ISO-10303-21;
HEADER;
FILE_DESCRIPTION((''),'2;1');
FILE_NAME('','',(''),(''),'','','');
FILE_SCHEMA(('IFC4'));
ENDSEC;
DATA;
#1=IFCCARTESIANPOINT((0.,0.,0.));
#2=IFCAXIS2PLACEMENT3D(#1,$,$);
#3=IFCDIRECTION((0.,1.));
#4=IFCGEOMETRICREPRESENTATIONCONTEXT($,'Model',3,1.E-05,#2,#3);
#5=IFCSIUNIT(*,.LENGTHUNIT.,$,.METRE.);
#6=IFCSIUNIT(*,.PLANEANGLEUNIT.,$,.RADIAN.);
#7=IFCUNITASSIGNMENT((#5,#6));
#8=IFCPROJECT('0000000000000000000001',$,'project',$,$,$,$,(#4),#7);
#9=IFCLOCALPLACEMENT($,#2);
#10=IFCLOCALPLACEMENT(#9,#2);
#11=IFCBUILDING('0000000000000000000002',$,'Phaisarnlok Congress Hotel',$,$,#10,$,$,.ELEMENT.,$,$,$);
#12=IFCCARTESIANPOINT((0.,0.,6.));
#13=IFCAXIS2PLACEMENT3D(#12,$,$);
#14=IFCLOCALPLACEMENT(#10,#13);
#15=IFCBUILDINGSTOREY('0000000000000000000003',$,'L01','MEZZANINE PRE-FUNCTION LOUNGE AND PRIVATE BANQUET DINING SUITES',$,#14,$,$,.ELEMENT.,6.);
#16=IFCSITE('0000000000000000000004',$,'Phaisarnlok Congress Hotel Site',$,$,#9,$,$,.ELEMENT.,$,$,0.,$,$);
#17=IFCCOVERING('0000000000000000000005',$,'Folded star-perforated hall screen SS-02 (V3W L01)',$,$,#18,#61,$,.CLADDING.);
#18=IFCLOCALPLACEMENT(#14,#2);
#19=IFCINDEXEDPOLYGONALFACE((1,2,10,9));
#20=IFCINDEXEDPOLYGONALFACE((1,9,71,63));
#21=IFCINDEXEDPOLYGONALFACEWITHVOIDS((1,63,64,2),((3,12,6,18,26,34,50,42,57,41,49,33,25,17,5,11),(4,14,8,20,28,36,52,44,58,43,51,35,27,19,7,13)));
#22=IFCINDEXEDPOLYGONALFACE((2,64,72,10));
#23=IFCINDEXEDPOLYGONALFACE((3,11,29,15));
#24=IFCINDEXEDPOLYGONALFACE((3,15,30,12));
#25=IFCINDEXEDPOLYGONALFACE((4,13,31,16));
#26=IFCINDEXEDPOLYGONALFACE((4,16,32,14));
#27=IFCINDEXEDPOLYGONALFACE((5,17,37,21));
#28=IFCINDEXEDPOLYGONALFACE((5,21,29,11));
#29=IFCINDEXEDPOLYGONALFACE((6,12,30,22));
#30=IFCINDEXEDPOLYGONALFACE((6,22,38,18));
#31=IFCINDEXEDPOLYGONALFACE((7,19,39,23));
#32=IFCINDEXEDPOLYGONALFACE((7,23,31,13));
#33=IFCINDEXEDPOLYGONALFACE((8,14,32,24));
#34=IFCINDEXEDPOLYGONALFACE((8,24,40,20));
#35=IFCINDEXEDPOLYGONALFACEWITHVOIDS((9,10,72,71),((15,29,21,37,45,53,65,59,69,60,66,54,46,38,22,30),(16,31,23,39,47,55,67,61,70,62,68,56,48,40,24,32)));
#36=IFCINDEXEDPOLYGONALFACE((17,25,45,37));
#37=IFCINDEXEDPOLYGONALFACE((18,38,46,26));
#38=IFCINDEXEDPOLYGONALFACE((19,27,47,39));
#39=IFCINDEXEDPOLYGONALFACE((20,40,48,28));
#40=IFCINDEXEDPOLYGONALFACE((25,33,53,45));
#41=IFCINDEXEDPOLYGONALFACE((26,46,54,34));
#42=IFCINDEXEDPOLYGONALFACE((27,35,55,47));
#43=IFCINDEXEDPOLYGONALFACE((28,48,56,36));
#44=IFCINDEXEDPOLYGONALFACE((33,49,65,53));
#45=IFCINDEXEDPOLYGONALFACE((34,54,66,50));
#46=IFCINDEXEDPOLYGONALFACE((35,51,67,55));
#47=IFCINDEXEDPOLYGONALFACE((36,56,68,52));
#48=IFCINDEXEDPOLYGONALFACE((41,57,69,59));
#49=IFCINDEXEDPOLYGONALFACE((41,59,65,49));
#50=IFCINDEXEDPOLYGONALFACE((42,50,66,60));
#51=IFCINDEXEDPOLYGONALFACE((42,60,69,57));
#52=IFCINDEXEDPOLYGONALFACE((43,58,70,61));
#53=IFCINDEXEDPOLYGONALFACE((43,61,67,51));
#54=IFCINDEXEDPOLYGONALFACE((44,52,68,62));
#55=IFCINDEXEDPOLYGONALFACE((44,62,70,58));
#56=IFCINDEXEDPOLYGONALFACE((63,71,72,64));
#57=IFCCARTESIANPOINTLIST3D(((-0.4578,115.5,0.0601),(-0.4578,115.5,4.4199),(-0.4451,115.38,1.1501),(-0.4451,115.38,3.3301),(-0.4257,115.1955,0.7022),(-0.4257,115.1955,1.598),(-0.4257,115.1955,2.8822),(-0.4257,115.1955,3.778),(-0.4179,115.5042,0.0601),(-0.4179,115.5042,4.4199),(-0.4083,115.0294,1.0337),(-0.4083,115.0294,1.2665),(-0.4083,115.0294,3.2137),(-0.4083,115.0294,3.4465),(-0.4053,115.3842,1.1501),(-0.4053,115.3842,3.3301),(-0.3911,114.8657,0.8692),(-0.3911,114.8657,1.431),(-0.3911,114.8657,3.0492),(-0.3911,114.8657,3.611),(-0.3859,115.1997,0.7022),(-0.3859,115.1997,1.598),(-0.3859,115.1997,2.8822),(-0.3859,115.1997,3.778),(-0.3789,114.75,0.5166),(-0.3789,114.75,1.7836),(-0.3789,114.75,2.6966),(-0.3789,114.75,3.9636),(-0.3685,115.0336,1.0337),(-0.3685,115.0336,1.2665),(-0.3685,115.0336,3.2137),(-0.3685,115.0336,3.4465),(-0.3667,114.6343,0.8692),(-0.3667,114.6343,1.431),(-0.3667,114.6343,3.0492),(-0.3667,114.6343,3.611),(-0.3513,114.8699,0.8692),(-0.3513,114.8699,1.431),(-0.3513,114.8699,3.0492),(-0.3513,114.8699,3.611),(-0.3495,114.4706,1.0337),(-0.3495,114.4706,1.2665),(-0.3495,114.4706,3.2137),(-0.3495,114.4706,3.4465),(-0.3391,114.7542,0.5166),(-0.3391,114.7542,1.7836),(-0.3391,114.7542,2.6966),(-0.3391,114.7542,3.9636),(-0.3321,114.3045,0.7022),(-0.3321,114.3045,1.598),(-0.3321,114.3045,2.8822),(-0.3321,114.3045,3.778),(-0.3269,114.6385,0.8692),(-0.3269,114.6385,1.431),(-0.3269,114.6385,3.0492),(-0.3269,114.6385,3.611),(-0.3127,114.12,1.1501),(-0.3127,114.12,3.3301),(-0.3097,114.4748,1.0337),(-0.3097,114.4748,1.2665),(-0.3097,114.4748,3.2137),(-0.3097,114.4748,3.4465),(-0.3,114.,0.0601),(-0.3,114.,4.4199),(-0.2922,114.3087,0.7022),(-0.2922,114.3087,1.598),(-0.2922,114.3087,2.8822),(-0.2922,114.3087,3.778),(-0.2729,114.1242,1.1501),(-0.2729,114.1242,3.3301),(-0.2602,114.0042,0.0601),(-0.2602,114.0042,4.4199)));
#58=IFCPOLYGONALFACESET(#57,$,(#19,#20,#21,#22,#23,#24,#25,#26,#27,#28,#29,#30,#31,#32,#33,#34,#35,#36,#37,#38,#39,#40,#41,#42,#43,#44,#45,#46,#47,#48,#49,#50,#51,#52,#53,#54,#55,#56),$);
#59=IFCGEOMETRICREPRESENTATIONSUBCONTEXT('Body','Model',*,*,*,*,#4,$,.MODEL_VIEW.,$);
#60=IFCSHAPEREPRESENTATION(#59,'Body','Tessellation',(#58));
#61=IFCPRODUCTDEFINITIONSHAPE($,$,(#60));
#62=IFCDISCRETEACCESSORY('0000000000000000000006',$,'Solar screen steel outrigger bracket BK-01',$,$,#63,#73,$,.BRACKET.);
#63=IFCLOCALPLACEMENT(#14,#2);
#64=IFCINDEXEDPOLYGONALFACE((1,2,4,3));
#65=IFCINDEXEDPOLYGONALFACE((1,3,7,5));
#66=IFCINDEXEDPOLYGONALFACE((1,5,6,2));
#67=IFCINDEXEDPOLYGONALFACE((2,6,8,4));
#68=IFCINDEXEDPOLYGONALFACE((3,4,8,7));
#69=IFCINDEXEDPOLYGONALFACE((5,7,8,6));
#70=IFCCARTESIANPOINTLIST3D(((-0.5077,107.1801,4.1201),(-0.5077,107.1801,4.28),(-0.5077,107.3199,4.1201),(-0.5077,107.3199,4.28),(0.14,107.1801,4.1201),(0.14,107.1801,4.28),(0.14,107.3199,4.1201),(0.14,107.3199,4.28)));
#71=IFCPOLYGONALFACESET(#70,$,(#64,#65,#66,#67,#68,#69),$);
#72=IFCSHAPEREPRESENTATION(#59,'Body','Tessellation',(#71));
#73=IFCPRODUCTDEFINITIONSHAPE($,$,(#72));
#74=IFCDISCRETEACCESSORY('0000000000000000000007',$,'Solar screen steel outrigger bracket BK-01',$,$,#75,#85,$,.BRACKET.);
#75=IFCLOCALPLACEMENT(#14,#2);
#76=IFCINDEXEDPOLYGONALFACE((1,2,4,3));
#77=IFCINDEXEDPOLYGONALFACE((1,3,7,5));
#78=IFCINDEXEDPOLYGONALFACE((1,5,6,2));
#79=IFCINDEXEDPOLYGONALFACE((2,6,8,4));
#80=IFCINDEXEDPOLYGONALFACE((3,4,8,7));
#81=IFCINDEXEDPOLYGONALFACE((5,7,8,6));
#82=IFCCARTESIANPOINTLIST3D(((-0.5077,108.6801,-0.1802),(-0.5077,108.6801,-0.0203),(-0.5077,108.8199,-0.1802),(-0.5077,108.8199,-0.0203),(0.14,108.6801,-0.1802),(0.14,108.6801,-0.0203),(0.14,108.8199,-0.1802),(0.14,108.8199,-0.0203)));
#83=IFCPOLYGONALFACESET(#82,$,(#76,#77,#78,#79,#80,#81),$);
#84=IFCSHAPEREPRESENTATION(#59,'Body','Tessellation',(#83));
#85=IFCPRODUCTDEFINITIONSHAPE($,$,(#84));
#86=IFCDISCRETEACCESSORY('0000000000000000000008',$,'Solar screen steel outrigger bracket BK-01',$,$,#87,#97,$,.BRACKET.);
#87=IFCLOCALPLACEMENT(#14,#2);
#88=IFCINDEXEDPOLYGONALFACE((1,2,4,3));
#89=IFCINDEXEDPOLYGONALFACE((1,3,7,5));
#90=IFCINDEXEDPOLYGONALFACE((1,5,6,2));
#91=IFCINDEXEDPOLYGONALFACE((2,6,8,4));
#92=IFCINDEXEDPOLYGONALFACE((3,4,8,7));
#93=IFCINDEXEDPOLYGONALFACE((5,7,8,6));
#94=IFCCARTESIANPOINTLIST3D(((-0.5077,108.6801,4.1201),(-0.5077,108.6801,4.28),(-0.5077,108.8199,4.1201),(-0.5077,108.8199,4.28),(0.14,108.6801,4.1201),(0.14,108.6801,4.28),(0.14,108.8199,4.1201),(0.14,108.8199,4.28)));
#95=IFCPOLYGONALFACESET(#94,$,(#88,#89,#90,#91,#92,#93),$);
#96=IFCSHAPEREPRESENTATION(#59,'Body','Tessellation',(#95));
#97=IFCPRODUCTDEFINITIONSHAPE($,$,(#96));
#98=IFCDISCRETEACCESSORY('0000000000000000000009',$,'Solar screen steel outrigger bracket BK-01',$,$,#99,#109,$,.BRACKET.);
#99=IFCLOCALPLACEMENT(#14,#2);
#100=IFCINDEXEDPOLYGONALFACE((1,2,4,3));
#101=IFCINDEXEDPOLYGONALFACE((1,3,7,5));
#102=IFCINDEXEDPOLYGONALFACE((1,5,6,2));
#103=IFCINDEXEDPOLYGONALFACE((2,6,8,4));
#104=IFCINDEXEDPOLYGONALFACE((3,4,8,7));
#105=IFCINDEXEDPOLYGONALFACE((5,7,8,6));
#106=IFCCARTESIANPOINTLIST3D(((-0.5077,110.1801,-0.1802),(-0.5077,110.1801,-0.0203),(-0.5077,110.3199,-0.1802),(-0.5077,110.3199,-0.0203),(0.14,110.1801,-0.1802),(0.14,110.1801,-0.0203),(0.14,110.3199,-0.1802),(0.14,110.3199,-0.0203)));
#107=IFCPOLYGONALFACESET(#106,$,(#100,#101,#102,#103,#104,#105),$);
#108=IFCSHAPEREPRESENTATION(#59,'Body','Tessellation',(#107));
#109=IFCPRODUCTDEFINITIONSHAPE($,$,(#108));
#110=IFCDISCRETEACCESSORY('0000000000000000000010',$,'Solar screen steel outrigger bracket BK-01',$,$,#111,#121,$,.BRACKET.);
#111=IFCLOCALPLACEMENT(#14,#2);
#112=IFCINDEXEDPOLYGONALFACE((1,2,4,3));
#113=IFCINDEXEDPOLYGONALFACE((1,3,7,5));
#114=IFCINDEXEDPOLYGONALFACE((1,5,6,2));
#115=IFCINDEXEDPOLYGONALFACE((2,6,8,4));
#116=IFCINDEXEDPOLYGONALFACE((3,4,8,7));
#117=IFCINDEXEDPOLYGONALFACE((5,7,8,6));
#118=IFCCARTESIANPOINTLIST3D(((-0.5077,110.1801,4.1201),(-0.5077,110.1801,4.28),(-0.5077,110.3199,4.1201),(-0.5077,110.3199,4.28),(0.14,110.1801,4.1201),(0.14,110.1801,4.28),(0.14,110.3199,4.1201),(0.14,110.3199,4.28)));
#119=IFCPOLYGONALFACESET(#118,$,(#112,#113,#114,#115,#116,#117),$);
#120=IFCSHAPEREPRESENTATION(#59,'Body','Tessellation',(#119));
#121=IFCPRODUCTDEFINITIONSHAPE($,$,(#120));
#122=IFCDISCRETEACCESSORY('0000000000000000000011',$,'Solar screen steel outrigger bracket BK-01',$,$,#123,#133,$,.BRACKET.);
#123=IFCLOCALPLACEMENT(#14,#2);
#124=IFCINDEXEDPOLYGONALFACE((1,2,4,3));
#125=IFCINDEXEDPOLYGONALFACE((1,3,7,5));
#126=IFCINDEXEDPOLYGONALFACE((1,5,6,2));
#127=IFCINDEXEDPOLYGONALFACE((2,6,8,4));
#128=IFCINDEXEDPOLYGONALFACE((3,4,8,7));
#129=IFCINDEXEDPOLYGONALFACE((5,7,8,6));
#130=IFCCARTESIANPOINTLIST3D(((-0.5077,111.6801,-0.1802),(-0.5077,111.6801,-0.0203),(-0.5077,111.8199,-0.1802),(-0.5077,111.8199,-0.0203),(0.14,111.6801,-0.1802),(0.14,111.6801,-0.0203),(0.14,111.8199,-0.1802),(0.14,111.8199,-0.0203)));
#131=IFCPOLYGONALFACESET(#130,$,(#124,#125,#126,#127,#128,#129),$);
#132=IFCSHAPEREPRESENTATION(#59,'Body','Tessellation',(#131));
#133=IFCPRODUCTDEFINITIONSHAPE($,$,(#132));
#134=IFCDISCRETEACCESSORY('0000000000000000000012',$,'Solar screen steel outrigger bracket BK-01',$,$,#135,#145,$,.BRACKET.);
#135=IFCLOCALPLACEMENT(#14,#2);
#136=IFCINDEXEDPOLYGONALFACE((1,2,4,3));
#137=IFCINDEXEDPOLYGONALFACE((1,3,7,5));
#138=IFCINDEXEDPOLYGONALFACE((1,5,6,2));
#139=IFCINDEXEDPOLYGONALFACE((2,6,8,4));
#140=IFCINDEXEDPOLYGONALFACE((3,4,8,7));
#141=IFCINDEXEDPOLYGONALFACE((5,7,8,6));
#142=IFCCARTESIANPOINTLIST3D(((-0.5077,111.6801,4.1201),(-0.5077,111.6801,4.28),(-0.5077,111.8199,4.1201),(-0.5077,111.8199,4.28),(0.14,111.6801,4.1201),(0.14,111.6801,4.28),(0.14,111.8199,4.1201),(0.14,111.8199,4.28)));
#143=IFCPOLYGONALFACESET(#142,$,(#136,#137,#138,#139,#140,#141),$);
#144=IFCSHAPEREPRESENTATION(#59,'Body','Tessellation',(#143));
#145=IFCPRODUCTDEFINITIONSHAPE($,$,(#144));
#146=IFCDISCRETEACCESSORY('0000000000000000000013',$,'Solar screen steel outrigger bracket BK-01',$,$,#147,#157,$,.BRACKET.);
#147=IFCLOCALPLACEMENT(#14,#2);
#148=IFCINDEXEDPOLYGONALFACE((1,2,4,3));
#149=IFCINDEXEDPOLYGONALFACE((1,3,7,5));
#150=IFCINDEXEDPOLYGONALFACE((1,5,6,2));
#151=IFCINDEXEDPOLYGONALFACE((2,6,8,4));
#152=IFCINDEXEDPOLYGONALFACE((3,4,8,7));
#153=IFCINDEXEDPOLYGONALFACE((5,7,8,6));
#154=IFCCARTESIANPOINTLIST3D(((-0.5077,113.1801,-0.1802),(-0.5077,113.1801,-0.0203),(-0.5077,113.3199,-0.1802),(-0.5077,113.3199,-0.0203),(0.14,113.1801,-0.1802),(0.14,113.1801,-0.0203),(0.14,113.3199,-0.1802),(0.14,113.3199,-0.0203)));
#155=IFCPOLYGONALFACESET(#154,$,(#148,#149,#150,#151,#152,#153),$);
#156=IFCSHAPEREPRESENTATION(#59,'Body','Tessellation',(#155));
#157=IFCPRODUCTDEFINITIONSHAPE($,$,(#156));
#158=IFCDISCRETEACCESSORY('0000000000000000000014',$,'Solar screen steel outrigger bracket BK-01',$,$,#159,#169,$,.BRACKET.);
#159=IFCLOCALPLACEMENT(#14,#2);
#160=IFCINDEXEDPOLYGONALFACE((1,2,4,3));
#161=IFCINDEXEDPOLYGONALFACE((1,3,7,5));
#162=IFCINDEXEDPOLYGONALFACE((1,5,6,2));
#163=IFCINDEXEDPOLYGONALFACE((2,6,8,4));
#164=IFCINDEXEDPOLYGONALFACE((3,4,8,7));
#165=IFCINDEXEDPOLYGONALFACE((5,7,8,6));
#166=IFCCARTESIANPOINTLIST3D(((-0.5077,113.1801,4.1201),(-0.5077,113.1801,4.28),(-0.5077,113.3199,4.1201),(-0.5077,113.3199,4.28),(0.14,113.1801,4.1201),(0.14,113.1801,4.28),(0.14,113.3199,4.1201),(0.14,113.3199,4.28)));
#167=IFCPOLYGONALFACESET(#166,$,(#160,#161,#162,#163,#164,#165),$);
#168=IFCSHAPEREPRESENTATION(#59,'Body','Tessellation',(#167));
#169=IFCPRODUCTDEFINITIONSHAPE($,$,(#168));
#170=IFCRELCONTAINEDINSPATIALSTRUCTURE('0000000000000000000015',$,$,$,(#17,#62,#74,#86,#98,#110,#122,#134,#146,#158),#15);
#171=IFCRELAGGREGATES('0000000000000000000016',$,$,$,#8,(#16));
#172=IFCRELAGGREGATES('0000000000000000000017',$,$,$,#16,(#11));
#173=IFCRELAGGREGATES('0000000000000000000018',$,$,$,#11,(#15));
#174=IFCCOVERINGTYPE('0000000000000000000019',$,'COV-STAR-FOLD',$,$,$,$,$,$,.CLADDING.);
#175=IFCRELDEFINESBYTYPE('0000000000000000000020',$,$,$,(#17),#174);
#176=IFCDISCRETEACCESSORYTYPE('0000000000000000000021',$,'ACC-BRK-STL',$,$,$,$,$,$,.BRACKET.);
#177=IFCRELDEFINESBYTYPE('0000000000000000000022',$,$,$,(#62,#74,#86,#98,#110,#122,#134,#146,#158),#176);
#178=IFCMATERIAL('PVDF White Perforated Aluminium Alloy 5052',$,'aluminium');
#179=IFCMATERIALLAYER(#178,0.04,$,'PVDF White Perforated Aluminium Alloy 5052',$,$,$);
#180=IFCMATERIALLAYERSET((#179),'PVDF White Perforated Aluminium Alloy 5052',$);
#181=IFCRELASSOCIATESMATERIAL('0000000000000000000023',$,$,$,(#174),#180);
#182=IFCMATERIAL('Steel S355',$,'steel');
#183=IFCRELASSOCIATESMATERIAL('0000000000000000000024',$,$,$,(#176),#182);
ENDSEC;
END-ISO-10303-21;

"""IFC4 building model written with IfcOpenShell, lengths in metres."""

from ifc_helpers import new_model, si_unit, direction, frame, origin, origin_2d, place, context, subcontext, project, spatial, polyline, rectangle, outline, extrude, material, layer, layer_set, type_object, element, save


model = new_model("IFC4")

# Units and contexts
model_context = context("Model", 3, precision=1e-05, world=origin(), true_north=direction((0.0, 1.0)))
body_context = subcontext(model_context, "Body", "Model", "MODEL_VIEW")
ifc_project = project(units=[si_unit("LENGTHUNIT", "METRE"), si_unit("PLANEANGLEUNIT", "RADIAN")], contexts=[model_context])

# Site, building, storey
site_placement = place(None, origin())
site = spatial("IfcSite", under=ifc_project, at=site_placement, Name="Phaisarnlok Congress Hotel Site", CompositionType="ELEMENT", RefElevation=0.0)
building_placement = place(site_placement, origin())
building = spatial("IfcBuilding", under=site, at=building_placement, Name="Phaisarnlok Congress Hotel", CompositionType="ELEMENT")
storey_placement = place(building_placement, frame((0.0, 0.0, 6.0)))
storey = spatial("IfcBuildingStorey", under=building, at=storey_placement, Name="L01", Description="MEZZANINE PRE-FUNCTION LOUNGE AND PRIVATE BANQUET DINING SUITES", CompositionType="ELEMENT", Elevation=6.0)

# Shared definitions
ifc_material_1 = material(Name="Steel S355", Category="steel")

# Covering
ifc_material_2 = material(Name="PVDF White Perforated Aluminium Alloy 5052", Category="aluminium")
ifc_layer_1 = layer(ifc_material_2, 0.04, Name="PVDF White Perforated Aluminium Alloy 5052")
ifc_layer_set_1 = layer_set([ifc_layer_1], Name="PVDF White Perforated Aluminium Alloy 5052")
covering_type = type_object("IfcCoveringType", Name="COV-STAR-FOLD", PredefinedType="CLADDING", material=ifc_layer_set_1)
for number, where, z_axis, x_axis, name in (
    (1, (-0.3, 114.0, 0.0601), (0.994518, 0.104567, 0.0), (-0.104567, 0.994518, 0.0), "Folded star-perforated hall screen SS-02 (V3W L01)"),
):
    element("IfcCovering", number, at=place(storey_placement, frame(where, z_axis=z_axis, x_axis=x_axis)), inside=storey, type_object=covering_type, Name=name, PredefinedType="CLADDING", context=body_context, shape_type="SweptSolid", body=[
        extrude(outline(polyline([(0.0, 0.0), (1.5083, 0.0), (1.5083, 4.3599), (0.0, 4.3599), (0.0, 0.0)]), holes=[polyline([(1.0351, 0.9736), (1.2021, 0.6421), (0.8705, 0.8091), (0.7541, 0.4565), (0.6378, 0.8091), (0.3062, 0.6421), (0.4732, 0.9736), (0.1207, 1.09), (0.4732, 1.2064), (0.3062, 1.5379), (0.6378, 1.3709), (0.7541, 1.7235), (0.8705, 1.3709), (1.2021, 1.5379), (1.0351, 1.2064), (1.3876, 1.09), (1.0351, 0.9736)]), polyline([(1.0351, 3.1536), (1.2021, 2.8221), (0.8705, 2.9891), (0.7541, 2.6365), (0.6378, 2.9891), (0.3062, 2.8221), (0.4732, 3.1536), (0.1207, 3.27), (0.4732, 3.3864), (0.3062, 3.7179), (0.6378, 3.5509), (0.7541, 3.9035), (0.8705, 3.5509), (1.2021, 3.7179), (1.0351, 3.3864), (1.3876, 3.27), (1.0351, 3.1536)])]), origin(), (0.0, 0.0, 1.0), 0.04),
    ])

# Discrete accessories
discrete_accessory_type = type_object("IfcDiscreteAccessoryType", Name="ACC-BRK-STL", PredefinedType="BRACKET", material=ifc_material_1)
for number, where, z_axis, x_axis, name in (
    (2, (-0.1838, 107.25, 4.1201), (0.0, 0.0, 1.0), (1.0, 0.0, 0.0), "Solar screen steel outrigger bracket BK-01"),
    (3, (-0.1838, 108.75, -0.1802), (0.0, 0.0, 1.0), (1.0, 0.0, 0.0), "Solar screen steel outrigger bracket BK-01"),
    (4, (-0.1838, 108.75, 4.1201), (0.0, 0.0, 1.0), (1.0, 0.0, 0.0), "Solar screen steel outrigger bracket BK-01"),
    (5, (-0.1838, 110.25, -0.1802), (0.0, 0.0, 1.0), (1.0, 0.0, 0.0), "Solar screen steel outrigger bracket BK-01"),
    (6, (-0.1838, 110.25, 4.1201), (0.0, 0.0, 1.0), (1.0, 0.0, 0.0), "Solar screen steel outrigger bracket BK-01"),
    (7, (-0.1838, 111.75, -0.1802), (0.0, 0.0, 1.0), (1.0, 0.0, 0.0), "Solar screen steel outrigger bracket BK-01"),
    (8, (-0.1838, 111.75, 4.1201), (0.0, 0.0, 1.0), (1.0, 0.0, 0.0), "Solar screen steel outrigger bracket BK-01"),
    (9, (-0.1838, 113.25, -0.1802), (0.0, 0.0, 1.0), (1.0, 0.0, 0.0), "Solar screen steel outrigger bracket BK-01"),
    (10, (-0.1838, 113.25, 4.1201), (0.0, 0.0, 1.0), (1.0, 0.0, 0.0), "Solar screen steel outrigger bracket BK-01"),
):
    element("IfcDiscreteAccessory", number, at=place(storey_placement, frame(where, z_axis=z_axis, x_axis=x_axis)), inside=storey, type_object=discrete_accessory_type, Name=name, PredefinedType="BRACKET", context=body_context, shape_type="SweptSolid", body=[
        extrude(rectangle(XDim=0.6477, YDim=0.1399, at=origin_2d()), origin(), (0.0, 0.0, 1.0), 0.1599),
    ])

save(model, "model.ifc")
